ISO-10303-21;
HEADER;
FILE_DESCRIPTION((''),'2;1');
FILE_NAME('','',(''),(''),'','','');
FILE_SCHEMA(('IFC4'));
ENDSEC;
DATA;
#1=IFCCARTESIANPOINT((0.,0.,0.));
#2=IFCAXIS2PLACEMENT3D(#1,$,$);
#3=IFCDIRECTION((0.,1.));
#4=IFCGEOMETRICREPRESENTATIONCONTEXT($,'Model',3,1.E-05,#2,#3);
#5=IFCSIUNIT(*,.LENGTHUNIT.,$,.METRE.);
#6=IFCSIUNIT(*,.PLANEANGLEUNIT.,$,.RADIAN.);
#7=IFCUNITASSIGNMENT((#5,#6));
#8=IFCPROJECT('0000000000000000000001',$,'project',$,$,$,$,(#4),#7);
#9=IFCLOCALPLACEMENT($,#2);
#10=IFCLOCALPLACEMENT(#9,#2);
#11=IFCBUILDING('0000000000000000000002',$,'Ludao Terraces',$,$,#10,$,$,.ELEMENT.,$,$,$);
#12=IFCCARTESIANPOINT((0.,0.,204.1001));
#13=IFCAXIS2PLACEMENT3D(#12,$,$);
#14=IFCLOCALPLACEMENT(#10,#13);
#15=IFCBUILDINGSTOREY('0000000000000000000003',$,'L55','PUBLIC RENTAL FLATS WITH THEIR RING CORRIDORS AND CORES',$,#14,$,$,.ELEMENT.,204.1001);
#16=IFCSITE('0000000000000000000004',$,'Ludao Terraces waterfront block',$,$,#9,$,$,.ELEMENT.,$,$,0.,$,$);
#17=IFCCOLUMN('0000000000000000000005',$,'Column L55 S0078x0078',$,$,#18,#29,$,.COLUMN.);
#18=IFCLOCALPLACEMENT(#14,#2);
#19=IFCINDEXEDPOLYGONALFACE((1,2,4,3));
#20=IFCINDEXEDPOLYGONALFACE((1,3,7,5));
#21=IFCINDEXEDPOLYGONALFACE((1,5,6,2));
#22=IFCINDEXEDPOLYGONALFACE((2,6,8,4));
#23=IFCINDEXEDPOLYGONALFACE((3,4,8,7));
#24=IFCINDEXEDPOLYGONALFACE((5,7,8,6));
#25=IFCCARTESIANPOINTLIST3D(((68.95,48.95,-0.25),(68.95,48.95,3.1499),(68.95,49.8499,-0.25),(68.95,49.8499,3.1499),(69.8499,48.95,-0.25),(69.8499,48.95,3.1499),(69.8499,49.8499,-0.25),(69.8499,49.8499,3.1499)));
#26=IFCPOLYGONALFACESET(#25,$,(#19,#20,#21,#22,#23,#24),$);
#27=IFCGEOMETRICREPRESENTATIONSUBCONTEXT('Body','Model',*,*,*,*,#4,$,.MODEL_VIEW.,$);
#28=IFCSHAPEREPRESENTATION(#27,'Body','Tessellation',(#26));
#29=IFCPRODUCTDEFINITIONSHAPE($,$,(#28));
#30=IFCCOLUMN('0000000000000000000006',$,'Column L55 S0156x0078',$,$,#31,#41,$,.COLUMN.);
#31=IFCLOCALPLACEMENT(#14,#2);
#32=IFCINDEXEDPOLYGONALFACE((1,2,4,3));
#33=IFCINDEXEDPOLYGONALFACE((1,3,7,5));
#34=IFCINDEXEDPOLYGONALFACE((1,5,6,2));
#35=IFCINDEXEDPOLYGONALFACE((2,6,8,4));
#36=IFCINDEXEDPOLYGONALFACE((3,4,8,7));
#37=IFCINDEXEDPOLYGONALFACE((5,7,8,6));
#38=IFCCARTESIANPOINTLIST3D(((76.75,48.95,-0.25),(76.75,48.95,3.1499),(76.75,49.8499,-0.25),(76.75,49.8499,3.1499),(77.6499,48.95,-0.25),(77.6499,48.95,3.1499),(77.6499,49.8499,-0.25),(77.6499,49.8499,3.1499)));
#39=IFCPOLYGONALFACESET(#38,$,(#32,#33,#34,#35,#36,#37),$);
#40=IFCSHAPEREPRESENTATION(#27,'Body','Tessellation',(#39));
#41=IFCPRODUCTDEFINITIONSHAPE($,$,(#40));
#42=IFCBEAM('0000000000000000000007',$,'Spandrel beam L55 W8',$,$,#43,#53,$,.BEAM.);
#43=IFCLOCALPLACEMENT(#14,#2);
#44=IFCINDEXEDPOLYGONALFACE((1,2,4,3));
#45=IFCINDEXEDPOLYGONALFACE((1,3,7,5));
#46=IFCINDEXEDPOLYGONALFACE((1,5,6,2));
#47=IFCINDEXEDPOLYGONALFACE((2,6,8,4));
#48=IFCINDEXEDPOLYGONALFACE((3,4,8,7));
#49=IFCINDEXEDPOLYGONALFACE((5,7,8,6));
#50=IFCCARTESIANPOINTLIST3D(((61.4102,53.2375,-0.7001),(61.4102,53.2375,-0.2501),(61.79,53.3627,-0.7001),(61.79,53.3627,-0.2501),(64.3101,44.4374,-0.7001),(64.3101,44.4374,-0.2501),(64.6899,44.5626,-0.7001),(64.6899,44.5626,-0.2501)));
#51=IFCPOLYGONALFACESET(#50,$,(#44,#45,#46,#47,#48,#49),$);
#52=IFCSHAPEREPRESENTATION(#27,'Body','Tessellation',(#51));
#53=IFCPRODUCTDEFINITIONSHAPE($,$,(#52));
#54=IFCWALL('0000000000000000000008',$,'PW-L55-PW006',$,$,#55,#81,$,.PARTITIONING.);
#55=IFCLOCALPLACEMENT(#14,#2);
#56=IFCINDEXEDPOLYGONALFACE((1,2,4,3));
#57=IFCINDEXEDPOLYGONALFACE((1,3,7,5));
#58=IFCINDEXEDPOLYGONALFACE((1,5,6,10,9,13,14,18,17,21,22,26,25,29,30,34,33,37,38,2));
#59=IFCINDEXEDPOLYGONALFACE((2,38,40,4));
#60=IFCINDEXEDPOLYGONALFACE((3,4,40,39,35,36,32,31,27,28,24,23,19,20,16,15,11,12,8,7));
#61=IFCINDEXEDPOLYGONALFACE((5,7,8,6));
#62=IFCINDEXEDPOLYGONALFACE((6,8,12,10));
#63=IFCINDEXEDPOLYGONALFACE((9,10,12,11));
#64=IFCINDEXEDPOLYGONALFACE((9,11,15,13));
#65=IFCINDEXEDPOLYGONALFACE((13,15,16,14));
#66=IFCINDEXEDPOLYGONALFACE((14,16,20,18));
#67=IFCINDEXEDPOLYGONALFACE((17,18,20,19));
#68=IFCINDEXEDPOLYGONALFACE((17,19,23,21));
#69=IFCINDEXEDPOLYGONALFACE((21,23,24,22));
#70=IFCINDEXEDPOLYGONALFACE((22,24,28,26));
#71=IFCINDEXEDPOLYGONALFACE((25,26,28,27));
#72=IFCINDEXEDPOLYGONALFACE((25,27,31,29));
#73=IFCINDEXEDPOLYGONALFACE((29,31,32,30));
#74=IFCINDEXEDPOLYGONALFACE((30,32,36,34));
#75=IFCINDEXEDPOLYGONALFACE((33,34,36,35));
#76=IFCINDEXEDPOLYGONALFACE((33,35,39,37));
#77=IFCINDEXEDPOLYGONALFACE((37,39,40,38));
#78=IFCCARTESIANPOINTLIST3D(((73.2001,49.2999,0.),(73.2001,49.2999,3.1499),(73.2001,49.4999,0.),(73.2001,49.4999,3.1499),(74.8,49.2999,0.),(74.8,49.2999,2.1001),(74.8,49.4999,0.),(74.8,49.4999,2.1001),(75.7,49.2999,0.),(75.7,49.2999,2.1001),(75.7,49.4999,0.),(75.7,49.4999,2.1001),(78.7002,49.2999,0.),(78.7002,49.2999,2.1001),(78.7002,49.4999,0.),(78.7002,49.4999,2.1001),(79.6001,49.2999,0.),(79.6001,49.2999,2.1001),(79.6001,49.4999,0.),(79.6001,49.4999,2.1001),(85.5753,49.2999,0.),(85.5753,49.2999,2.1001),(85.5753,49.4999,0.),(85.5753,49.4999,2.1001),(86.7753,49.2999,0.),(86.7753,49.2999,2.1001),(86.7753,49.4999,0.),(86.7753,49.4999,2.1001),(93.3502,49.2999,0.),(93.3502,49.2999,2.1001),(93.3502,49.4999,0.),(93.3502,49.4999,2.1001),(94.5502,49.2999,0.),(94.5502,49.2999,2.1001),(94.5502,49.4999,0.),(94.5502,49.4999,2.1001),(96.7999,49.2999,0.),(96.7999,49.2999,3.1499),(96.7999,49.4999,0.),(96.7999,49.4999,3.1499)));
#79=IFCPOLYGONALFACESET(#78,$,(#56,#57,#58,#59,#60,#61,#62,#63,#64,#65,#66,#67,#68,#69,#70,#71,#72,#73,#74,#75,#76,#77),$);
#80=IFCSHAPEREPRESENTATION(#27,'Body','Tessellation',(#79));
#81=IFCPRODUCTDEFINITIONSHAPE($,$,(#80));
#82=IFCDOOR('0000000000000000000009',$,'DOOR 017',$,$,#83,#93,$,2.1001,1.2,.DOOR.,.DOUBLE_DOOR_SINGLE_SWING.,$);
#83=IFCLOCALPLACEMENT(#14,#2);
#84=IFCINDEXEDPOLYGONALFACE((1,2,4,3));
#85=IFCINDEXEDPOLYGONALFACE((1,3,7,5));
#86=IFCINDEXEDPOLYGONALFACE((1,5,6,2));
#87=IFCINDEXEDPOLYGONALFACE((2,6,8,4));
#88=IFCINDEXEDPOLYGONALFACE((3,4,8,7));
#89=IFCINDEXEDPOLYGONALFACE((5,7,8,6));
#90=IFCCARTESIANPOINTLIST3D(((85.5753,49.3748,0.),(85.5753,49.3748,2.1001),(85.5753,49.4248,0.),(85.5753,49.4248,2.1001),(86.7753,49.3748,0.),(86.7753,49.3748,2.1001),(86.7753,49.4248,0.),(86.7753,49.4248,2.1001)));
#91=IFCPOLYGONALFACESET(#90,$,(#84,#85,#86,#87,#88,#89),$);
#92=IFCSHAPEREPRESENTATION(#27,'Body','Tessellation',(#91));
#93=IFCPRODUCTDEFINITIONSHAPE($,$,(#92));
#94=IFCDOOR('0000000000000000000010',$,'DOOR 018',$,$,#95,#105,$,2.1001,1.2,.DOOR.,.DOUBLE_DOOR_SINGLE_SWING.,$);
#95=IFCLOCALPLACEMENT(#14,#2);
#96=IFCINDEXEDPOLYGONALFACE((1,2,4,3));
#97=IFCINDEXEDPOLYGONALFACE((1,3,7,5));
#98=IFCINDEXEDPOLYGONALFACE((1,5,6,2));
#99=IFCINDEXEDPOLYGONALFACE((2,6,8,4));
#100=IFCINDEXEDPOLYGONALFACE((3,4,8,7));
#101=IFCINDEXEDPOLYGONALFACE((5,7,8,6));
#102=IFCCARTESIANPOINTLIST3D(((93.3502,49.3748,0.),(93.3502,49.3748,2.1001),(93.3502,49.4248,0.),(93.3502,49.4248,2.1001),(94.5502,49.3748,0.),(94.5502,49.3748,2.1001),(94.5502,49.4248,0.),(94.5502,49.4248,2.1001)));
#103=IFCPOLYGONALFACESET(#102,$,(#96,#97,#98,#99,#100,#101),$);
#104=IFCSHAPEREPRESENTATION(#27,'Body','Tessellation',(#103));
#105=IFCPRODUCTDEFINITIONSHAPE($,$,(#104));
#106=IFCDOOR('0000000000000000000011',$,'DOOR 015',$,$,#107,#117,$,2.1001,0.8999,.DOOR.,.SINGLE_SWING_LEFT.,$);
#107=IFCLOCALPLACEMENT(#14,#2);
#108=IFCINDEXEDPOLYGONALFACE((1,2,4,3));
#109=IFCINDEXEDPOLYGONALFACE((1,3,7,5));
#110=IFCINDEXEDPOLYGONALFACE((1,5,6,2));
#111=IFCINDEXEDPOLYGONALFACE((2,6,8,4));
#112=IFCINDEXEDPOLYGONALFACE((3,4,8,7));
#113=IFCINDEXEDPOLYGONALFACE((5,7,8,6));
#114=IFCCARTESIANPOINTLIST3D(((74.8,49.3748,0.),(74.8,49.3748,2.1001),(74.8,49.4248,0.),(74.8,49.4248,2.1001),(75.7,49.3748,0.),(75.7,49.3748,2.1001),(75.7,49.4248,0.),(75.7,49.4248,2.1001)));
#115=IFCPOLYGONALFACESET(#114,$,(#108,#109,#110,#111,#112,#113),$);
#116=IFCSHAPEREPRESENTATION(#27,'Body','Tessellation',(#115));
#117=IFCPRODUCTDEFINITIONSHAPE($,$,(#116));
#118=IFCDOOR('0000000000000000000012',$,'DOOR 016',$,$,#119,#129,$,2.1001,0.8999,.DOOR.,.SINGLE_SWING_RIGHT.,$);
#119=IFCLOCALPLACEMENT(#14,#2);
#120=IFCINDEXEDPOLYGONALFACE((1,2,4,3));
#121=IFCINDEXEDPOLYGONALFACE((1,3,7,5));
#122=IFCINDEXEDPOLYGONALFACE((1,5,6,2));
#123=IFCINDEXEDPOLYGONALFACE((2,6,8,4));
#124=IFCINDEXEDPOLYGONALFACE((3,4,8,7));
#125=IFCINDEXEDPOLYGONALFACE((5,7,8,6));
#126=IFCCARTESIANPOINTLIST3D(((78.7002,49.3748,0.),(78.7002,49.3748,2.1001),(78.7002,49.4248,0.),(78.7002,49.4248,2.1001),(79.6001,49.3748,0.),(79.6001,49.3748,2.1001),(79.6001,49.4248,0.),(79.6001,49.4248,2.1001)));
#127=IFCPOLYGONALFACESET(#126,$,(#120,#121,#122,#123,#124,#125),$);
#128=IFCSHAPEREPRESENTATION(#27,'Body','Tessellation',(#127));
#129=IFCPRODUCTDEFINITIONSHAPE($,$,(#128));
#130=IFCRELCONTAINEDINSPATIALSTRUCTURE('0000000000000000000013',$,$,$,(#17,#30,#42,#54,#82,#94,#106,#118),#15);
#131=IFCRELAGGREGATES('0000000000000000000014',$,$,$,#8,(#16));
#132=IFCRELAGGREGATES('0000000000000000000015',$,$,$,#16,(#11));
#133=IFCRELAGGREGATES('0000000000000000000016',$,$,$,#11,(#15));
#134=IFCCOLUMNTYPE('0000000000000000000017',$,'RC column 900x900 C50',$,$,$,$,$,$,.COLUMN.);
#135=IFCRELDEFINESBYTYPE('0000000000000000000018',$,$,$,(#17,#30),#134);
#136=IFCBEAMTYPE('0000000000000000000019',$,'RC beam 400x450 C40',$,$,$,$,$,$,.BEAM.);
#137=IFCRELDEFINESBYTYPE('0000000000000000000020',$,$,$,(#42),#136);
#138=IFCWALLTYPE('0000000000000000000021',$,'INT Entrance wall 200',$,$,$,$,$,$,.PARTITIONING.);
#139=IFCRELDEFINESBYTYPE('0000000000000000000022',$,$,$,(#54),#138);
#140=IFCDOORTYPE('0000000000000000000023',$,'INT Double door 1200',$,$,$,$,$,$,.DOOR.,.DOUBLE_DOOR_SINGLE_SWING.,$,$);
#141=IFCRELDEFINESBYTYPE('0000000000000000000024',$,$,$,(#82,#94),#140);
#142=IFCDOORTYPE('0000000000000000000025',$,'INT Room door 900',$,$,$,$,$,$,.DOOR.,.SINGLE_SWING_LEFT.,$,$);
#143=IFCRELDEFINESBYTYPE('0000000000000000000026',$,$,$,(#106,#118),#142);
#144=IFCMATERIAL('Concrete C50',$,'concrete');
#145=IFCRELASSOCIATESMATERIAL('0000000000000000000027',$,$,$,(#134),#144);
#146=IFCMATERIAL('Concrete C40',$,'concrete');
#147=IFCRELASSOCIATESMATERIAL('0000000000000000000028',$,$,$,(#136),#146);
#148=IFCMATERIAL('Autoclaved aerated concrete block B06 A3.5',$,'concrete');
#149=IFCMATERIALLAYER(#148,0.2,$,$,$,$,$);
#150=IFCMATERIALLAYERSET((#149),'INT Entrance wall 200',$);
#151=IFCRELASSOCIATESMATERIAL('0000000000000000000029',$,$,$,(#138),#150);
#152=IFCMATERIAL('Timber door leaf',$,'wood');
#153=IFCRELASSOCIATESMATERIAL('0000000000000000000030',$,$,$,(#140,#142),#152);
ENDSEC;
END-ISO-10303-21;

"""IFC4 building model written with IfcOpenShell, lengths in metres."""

from ifc_helpers import new_model, si_unit, direction, frame, frame_2d, origin, origin_2d, place, context, subcontext, project, spatial, rectangle, extrude, material, layer, layer_set, material_profile, profile_set, type_object, element, fill, save


model = new_model("IFC4")

# Units and contexts
model_context = context("Model", 3, precision=1e-05, world=origin(), true_north=direction((0.0, 1.0)))
body_context = subcontext(model_context, "Body", "Model", "MODEL_VIEW")
ifc_project = project(units=[si_unit("LENGTHUNIT", "METRE"), si_unit("PLANEANGLEUNIT", "RADIAN")], contexts=[model_context])

# Site, building, storey
site_placement = place(None, origin())
site = spatial("IfcSite", under=ifc_project, at=site_placement, Name="Ludao Terraces waterfront block", CompositionType="ELEMENT", RefElevation=0.0)
building_placement = place(site_placement, origin())
building = spatial("IfcBuilding", under=site, at=building_placement, Name="Ludao Terraces", CompositionType="ELEMENT")
storey_placement = place(building_placement, frame((0.0, 0.0, 204.1001)))
storey = spatial("IfcBuildingStorey", under=building, at=storey_placement, Name="L55", Description="PUBLIC RENTAL FLATS WITH THEIR RING CORRIDORS AND CORES", CompositionType="ELEMENT", Elevation=204.1001)

# Columns
ifc_material_1 = material(Name="Concrete C50", Category="concrete")
ifc_material_profile_1 = material_profile(ifc_material_1, rectangle(XDim=0.8999, YDim=0.8999, at=origin_2d()), Name="900 X 900")
ifc_profile_set_1 = profile_set([ifc_material_profile_1], Name="Concrete C50")
column_type = type_object("IfcColumnType", Name="RC column 900x900 C50", PredefinedType="COLUMN", material=ifc_profile_set_1)
for number, where, z_axis, x_axis, name in (
    (1, (69.3999, 49.3999, -0.25), (0.0, 0.0, 1.0), (1.0, 0.0, 0.0), "Column L55 S0078x0078"),
    (2, (77.2, 49.3999, -0.25), (0.0, 0.0, 1.0), (1.0, 0.0, 0.0), "Column L55 S0156x0078"),
):
    element("IfcColumn", number, at=place(storey_placement, frame(where, z_axis=z_axis, x_axis=x_axis)), inside=storey, type_object=column_type, Name=name, PredefinedType="COLUMN", context=body_context, shape_type="SweptSolid", body=[
        extrude(rectangle(XDim=0.8999, YDim=0.8999, at=origin_2d()), origin(), (0.0, 0.0, 1.0), 3.3999),
    ])

# Beam
ifc_material_2 = material(Name="Concrete C40", Category="concrete")
ifc_material_profile_2 = material_profile(ifc_material_2, rectangle(XDim=0.3999, YDim=0.45, at=origin_2d()), Name="400 X 450")
ifc_profile_set_2 = profile_set([ifc_material_profile_2], Name="Concrete C40")
beam_type = type_object("IfcBeamType", Name="RC beam 400x450 C40", PredefinedType="BEAM", material=ifc_profile_set_2)
beam_placement = place(storey_placement, frame((64.5, 44.5, -0.4751), z_axis=(-0.312977, 0.949761, 0.0), x_axis=(-0.949761, -0.312977, 0.0)))
element("IfcBeam", 3, at=beam_placement, inside=storey, type_object=beam_type, Name="Spandrel beam L55 W8", PredefinedType="BEAM", context=body_context, shape_type="SweptSolid", body=[
    extrude(rectangle(XDim=0.3999, YDim=0.45, at=origin_2d()), origin(), (0.0, 0.0, 1.0), 9.2656),
])

# Wall, openings, doors
ifc_material_3 = material(Name="Autoclaved aerated concrete block B06 A3.5", Category="concrete")
ifc_layer_1 = layer(ifc_material_3, 0.2)
ifc_layer_set_1 = layer_set([ifc_layer_1], Name="INT Entrance wall 200")
wall_type_1 = type_object("IfcWallType", Name="INT Entrance wall 200", PredefinedType="PARTITIONING", material=ifc_layer_set_1)
wall_1_placement = place(storey_placement, frame((73.2002, 49.3999, 0.0), z_axis=(0.0, 0.0, 1.0), x_axis=(1.0, 0.0, 0.0)))
wall_1 = element("IfcWall", 4, at=wall_1_placement, inside=storey, type_object=wall_type_1, Name="PW-L55-PW006", PredefinedType="PARTITIONING", context=body_context, shape_type="SweptSolid", body=[
    extrude(rectangle(XDim=23.5999, YDim=0.2, at=frame_2d((11.7998, 0.0))), origin(), (0.0, 0.0, 1.0), 3.1499),
])
opening_1_placement = place(wall_1_placement, frame((1.5999, 0.0, 0.0)))
opening_1 = element("IfcOpeningElement", 5, at=opening_1_placement, cuts=wall_1, PredefinedType="OPENING", context=body_context, shape_type="SweptSolid", body=[
    extrude(rectangle(XDim=0.8999, YDim=2.1001, at=frame_2d((0.45, 1.05))), frame((0.0, 0.1099, 0.0), z_axis=(0.0, -1.0, 0.0), x_axis=(1.0, 0.0, 0.0)), (0.0, 0.0, 1.0), 0.22),
])
opening_2_placement = place(wall_1_placement, frame((5.5, 0.0, 0.0)))
opening_2 = element("IfcOpeningElement", 6, at=opening_2_placement, cuts=wall_1, PredefinedType="OPENING", context=body_context, shape_type="SweptSolid", body=[
    extrude(rectangle(XDim=0.8999, YDim=2.1001, at=frame_2d((0.45, 1.05))), frame((0.0, 0.1099, 0.0), z_axis=(0.0, -1.0, 0.0), x_axis=(1.0, 0.0, 0.0)), (0.0, 0.0, 1.0), 0.22),
])
opening_3_placement = place(wall_1_placement, frame((12.375, 0.0, 0.0)))
opening_3 = element("IfcOpeningElement", 7, at=opening_3_placement, cuts=wall_1, PredefinedType="OPENING", context=body_context, shape_type="SweptSolid", body=[
    extrude(rectangle(XDim=1.2, YDim=2.1001, at=frame_2d((0.6001, 1.05))), frame((0.0, 0.1099, 0.0), z_axis=(0.0, -1.0, 0.0), x_axis=(1.0, 0.0, 0.0)), (0.0, 0.0, 1.0), 0.22),
])
opening_4_placement = place(wall_1_placement, frame((20.1499, 0.0, 0.0)))
opening_4 = element("IfcOpeningElement", 8, at=opening_4_placement, cuts=wall_1, PredefinedType="OPENING", context=body_context, shape_type="SweptSolid", body=[
    extrude(rectangle(XDim=1.2, YDim=2.1001, at=frame_2d((0.6001, 1.05))), frame((0.0, 0.1099, 0.0), z_axis=(0.0, -1.0, 0.0), x_axis=(1.0, 0.0, 0.0)), (0.0, 0.0, 1.0), 0.22),
])
ifc_material_4 = material(Name="Timber door leaf", Category="wood")
door_type_1 = type_object("IfcDoorType", Name="INT Double door 1200", OperationType="DOUBLE_DOOR_SINGLE_SWING", PredefinedType="DOOR", material=ifc_material_4)
door_1_placement = place(opening_3_placement, origin())
door_1 = element("IfcDoor", 9, at=door_1_placement, inside=storey, type_object=door_type_1, Name="DOOR 017", OperationType="DOUBLE_DOOR_SINGLE_SWING", OverallHeight=2.1001, OverallWidth=1.2, PredefinedType="DOOR", context=body_context, shape_type="SweptSolid", body=[
    extrude(rectangle(XDim=1.2, YDim=2.1001, at=frame_2d((0.6001, 1.05))), frame((0.0, 0.0249, 0.0), z_axis=(0.0, -1.0, 0.0), x_axis=(1.0, 0.0, 0.0)), (0.0, 0.0, 1.0), 0.05),
])
fill(opening_3, door_1)
door_2_placement = place(opening_4_placement, origin())
door_2 = element("IfcDoor", 10, at=door_2_placement, inside=storey, type_object=door_type_1, Name="DOOR 018", OperationType="DOUBLE_DOOR_SINGLE_SWING", OverallHeight=2.1001, OverallWidth=1.2, PredefinedType="DOOR", context=body_context, shape_type="SweptSolid", body=[
    extrude(rectangle(XDim=1.2, YDim=2.1001, at=frame_2d((0.6001, 1.05))), frame((0.0, 0.0249, 0.0), z_axis=(0.0, -1.0, 0.0), x_axis=(1.0, 0.0, 0.0)), (0.0, 0.0, 1.0), 0.05),
])
fill(opening_4, door_2)
door_type_2 = type_object("IfcDoorType", Name="INT Room door 900", OperationType="SINGLE_SWING_LEFT", PredefinedType="DOOR", material=ifc_material_4)
door_3_placement = place(opening_1_placement, origin())
door_3 = element("IfcDoor", 11, at=door_3_placement, inside=storey, type_object=door_type_2, Name="DOOR 015", OperationType="SINGLE_SWING_LEFT", OverallHeight=2.1001, OverallWidth=0.8999, PredefinedType="DOOR", context=body_context, shape_type="SweptSolid", body=[
    extrude(rectangle(XDim=0.8999, YDim=2.1001, at=frame_2d((0.45, 1.05))), frame((0.0, 0.0249, 0.0), z_axis=(0.0, -1.0, 0.0), x_axis=(1.0, 0.0, 0.0)), (0.0, 0.0, 1.0), 0.05),
])
fill(opening_1, door_3)
door_4_placement = place(opening_2_placement, origin())
door_4 = element("IfcDoor", 12, at=door_4_placement, inside=storey, type_object=door_type_2, Name="DOOR 016", OperationType="SINGLE_SWING_RIGHT", OverallHeight=2.1001, OverallWidth=0.8999, PredefinedType="DOOR", context=body_context, shape_type="SweptSolid", body=[
    extrude(rectangle(XDim=0.8999, YDim=2.1001, at=frame_2d((0.45, 1.05))), frame((0.0, 0.0249, 0.0), z_axis=(0.0, -1.0, 0.0), x_axis=(1.0, 0.0, 0.0)), (0.0, 0.0, 1.0), 0.05),
])
fill(opening_2, door_4)

save(model, "model.ifc")
